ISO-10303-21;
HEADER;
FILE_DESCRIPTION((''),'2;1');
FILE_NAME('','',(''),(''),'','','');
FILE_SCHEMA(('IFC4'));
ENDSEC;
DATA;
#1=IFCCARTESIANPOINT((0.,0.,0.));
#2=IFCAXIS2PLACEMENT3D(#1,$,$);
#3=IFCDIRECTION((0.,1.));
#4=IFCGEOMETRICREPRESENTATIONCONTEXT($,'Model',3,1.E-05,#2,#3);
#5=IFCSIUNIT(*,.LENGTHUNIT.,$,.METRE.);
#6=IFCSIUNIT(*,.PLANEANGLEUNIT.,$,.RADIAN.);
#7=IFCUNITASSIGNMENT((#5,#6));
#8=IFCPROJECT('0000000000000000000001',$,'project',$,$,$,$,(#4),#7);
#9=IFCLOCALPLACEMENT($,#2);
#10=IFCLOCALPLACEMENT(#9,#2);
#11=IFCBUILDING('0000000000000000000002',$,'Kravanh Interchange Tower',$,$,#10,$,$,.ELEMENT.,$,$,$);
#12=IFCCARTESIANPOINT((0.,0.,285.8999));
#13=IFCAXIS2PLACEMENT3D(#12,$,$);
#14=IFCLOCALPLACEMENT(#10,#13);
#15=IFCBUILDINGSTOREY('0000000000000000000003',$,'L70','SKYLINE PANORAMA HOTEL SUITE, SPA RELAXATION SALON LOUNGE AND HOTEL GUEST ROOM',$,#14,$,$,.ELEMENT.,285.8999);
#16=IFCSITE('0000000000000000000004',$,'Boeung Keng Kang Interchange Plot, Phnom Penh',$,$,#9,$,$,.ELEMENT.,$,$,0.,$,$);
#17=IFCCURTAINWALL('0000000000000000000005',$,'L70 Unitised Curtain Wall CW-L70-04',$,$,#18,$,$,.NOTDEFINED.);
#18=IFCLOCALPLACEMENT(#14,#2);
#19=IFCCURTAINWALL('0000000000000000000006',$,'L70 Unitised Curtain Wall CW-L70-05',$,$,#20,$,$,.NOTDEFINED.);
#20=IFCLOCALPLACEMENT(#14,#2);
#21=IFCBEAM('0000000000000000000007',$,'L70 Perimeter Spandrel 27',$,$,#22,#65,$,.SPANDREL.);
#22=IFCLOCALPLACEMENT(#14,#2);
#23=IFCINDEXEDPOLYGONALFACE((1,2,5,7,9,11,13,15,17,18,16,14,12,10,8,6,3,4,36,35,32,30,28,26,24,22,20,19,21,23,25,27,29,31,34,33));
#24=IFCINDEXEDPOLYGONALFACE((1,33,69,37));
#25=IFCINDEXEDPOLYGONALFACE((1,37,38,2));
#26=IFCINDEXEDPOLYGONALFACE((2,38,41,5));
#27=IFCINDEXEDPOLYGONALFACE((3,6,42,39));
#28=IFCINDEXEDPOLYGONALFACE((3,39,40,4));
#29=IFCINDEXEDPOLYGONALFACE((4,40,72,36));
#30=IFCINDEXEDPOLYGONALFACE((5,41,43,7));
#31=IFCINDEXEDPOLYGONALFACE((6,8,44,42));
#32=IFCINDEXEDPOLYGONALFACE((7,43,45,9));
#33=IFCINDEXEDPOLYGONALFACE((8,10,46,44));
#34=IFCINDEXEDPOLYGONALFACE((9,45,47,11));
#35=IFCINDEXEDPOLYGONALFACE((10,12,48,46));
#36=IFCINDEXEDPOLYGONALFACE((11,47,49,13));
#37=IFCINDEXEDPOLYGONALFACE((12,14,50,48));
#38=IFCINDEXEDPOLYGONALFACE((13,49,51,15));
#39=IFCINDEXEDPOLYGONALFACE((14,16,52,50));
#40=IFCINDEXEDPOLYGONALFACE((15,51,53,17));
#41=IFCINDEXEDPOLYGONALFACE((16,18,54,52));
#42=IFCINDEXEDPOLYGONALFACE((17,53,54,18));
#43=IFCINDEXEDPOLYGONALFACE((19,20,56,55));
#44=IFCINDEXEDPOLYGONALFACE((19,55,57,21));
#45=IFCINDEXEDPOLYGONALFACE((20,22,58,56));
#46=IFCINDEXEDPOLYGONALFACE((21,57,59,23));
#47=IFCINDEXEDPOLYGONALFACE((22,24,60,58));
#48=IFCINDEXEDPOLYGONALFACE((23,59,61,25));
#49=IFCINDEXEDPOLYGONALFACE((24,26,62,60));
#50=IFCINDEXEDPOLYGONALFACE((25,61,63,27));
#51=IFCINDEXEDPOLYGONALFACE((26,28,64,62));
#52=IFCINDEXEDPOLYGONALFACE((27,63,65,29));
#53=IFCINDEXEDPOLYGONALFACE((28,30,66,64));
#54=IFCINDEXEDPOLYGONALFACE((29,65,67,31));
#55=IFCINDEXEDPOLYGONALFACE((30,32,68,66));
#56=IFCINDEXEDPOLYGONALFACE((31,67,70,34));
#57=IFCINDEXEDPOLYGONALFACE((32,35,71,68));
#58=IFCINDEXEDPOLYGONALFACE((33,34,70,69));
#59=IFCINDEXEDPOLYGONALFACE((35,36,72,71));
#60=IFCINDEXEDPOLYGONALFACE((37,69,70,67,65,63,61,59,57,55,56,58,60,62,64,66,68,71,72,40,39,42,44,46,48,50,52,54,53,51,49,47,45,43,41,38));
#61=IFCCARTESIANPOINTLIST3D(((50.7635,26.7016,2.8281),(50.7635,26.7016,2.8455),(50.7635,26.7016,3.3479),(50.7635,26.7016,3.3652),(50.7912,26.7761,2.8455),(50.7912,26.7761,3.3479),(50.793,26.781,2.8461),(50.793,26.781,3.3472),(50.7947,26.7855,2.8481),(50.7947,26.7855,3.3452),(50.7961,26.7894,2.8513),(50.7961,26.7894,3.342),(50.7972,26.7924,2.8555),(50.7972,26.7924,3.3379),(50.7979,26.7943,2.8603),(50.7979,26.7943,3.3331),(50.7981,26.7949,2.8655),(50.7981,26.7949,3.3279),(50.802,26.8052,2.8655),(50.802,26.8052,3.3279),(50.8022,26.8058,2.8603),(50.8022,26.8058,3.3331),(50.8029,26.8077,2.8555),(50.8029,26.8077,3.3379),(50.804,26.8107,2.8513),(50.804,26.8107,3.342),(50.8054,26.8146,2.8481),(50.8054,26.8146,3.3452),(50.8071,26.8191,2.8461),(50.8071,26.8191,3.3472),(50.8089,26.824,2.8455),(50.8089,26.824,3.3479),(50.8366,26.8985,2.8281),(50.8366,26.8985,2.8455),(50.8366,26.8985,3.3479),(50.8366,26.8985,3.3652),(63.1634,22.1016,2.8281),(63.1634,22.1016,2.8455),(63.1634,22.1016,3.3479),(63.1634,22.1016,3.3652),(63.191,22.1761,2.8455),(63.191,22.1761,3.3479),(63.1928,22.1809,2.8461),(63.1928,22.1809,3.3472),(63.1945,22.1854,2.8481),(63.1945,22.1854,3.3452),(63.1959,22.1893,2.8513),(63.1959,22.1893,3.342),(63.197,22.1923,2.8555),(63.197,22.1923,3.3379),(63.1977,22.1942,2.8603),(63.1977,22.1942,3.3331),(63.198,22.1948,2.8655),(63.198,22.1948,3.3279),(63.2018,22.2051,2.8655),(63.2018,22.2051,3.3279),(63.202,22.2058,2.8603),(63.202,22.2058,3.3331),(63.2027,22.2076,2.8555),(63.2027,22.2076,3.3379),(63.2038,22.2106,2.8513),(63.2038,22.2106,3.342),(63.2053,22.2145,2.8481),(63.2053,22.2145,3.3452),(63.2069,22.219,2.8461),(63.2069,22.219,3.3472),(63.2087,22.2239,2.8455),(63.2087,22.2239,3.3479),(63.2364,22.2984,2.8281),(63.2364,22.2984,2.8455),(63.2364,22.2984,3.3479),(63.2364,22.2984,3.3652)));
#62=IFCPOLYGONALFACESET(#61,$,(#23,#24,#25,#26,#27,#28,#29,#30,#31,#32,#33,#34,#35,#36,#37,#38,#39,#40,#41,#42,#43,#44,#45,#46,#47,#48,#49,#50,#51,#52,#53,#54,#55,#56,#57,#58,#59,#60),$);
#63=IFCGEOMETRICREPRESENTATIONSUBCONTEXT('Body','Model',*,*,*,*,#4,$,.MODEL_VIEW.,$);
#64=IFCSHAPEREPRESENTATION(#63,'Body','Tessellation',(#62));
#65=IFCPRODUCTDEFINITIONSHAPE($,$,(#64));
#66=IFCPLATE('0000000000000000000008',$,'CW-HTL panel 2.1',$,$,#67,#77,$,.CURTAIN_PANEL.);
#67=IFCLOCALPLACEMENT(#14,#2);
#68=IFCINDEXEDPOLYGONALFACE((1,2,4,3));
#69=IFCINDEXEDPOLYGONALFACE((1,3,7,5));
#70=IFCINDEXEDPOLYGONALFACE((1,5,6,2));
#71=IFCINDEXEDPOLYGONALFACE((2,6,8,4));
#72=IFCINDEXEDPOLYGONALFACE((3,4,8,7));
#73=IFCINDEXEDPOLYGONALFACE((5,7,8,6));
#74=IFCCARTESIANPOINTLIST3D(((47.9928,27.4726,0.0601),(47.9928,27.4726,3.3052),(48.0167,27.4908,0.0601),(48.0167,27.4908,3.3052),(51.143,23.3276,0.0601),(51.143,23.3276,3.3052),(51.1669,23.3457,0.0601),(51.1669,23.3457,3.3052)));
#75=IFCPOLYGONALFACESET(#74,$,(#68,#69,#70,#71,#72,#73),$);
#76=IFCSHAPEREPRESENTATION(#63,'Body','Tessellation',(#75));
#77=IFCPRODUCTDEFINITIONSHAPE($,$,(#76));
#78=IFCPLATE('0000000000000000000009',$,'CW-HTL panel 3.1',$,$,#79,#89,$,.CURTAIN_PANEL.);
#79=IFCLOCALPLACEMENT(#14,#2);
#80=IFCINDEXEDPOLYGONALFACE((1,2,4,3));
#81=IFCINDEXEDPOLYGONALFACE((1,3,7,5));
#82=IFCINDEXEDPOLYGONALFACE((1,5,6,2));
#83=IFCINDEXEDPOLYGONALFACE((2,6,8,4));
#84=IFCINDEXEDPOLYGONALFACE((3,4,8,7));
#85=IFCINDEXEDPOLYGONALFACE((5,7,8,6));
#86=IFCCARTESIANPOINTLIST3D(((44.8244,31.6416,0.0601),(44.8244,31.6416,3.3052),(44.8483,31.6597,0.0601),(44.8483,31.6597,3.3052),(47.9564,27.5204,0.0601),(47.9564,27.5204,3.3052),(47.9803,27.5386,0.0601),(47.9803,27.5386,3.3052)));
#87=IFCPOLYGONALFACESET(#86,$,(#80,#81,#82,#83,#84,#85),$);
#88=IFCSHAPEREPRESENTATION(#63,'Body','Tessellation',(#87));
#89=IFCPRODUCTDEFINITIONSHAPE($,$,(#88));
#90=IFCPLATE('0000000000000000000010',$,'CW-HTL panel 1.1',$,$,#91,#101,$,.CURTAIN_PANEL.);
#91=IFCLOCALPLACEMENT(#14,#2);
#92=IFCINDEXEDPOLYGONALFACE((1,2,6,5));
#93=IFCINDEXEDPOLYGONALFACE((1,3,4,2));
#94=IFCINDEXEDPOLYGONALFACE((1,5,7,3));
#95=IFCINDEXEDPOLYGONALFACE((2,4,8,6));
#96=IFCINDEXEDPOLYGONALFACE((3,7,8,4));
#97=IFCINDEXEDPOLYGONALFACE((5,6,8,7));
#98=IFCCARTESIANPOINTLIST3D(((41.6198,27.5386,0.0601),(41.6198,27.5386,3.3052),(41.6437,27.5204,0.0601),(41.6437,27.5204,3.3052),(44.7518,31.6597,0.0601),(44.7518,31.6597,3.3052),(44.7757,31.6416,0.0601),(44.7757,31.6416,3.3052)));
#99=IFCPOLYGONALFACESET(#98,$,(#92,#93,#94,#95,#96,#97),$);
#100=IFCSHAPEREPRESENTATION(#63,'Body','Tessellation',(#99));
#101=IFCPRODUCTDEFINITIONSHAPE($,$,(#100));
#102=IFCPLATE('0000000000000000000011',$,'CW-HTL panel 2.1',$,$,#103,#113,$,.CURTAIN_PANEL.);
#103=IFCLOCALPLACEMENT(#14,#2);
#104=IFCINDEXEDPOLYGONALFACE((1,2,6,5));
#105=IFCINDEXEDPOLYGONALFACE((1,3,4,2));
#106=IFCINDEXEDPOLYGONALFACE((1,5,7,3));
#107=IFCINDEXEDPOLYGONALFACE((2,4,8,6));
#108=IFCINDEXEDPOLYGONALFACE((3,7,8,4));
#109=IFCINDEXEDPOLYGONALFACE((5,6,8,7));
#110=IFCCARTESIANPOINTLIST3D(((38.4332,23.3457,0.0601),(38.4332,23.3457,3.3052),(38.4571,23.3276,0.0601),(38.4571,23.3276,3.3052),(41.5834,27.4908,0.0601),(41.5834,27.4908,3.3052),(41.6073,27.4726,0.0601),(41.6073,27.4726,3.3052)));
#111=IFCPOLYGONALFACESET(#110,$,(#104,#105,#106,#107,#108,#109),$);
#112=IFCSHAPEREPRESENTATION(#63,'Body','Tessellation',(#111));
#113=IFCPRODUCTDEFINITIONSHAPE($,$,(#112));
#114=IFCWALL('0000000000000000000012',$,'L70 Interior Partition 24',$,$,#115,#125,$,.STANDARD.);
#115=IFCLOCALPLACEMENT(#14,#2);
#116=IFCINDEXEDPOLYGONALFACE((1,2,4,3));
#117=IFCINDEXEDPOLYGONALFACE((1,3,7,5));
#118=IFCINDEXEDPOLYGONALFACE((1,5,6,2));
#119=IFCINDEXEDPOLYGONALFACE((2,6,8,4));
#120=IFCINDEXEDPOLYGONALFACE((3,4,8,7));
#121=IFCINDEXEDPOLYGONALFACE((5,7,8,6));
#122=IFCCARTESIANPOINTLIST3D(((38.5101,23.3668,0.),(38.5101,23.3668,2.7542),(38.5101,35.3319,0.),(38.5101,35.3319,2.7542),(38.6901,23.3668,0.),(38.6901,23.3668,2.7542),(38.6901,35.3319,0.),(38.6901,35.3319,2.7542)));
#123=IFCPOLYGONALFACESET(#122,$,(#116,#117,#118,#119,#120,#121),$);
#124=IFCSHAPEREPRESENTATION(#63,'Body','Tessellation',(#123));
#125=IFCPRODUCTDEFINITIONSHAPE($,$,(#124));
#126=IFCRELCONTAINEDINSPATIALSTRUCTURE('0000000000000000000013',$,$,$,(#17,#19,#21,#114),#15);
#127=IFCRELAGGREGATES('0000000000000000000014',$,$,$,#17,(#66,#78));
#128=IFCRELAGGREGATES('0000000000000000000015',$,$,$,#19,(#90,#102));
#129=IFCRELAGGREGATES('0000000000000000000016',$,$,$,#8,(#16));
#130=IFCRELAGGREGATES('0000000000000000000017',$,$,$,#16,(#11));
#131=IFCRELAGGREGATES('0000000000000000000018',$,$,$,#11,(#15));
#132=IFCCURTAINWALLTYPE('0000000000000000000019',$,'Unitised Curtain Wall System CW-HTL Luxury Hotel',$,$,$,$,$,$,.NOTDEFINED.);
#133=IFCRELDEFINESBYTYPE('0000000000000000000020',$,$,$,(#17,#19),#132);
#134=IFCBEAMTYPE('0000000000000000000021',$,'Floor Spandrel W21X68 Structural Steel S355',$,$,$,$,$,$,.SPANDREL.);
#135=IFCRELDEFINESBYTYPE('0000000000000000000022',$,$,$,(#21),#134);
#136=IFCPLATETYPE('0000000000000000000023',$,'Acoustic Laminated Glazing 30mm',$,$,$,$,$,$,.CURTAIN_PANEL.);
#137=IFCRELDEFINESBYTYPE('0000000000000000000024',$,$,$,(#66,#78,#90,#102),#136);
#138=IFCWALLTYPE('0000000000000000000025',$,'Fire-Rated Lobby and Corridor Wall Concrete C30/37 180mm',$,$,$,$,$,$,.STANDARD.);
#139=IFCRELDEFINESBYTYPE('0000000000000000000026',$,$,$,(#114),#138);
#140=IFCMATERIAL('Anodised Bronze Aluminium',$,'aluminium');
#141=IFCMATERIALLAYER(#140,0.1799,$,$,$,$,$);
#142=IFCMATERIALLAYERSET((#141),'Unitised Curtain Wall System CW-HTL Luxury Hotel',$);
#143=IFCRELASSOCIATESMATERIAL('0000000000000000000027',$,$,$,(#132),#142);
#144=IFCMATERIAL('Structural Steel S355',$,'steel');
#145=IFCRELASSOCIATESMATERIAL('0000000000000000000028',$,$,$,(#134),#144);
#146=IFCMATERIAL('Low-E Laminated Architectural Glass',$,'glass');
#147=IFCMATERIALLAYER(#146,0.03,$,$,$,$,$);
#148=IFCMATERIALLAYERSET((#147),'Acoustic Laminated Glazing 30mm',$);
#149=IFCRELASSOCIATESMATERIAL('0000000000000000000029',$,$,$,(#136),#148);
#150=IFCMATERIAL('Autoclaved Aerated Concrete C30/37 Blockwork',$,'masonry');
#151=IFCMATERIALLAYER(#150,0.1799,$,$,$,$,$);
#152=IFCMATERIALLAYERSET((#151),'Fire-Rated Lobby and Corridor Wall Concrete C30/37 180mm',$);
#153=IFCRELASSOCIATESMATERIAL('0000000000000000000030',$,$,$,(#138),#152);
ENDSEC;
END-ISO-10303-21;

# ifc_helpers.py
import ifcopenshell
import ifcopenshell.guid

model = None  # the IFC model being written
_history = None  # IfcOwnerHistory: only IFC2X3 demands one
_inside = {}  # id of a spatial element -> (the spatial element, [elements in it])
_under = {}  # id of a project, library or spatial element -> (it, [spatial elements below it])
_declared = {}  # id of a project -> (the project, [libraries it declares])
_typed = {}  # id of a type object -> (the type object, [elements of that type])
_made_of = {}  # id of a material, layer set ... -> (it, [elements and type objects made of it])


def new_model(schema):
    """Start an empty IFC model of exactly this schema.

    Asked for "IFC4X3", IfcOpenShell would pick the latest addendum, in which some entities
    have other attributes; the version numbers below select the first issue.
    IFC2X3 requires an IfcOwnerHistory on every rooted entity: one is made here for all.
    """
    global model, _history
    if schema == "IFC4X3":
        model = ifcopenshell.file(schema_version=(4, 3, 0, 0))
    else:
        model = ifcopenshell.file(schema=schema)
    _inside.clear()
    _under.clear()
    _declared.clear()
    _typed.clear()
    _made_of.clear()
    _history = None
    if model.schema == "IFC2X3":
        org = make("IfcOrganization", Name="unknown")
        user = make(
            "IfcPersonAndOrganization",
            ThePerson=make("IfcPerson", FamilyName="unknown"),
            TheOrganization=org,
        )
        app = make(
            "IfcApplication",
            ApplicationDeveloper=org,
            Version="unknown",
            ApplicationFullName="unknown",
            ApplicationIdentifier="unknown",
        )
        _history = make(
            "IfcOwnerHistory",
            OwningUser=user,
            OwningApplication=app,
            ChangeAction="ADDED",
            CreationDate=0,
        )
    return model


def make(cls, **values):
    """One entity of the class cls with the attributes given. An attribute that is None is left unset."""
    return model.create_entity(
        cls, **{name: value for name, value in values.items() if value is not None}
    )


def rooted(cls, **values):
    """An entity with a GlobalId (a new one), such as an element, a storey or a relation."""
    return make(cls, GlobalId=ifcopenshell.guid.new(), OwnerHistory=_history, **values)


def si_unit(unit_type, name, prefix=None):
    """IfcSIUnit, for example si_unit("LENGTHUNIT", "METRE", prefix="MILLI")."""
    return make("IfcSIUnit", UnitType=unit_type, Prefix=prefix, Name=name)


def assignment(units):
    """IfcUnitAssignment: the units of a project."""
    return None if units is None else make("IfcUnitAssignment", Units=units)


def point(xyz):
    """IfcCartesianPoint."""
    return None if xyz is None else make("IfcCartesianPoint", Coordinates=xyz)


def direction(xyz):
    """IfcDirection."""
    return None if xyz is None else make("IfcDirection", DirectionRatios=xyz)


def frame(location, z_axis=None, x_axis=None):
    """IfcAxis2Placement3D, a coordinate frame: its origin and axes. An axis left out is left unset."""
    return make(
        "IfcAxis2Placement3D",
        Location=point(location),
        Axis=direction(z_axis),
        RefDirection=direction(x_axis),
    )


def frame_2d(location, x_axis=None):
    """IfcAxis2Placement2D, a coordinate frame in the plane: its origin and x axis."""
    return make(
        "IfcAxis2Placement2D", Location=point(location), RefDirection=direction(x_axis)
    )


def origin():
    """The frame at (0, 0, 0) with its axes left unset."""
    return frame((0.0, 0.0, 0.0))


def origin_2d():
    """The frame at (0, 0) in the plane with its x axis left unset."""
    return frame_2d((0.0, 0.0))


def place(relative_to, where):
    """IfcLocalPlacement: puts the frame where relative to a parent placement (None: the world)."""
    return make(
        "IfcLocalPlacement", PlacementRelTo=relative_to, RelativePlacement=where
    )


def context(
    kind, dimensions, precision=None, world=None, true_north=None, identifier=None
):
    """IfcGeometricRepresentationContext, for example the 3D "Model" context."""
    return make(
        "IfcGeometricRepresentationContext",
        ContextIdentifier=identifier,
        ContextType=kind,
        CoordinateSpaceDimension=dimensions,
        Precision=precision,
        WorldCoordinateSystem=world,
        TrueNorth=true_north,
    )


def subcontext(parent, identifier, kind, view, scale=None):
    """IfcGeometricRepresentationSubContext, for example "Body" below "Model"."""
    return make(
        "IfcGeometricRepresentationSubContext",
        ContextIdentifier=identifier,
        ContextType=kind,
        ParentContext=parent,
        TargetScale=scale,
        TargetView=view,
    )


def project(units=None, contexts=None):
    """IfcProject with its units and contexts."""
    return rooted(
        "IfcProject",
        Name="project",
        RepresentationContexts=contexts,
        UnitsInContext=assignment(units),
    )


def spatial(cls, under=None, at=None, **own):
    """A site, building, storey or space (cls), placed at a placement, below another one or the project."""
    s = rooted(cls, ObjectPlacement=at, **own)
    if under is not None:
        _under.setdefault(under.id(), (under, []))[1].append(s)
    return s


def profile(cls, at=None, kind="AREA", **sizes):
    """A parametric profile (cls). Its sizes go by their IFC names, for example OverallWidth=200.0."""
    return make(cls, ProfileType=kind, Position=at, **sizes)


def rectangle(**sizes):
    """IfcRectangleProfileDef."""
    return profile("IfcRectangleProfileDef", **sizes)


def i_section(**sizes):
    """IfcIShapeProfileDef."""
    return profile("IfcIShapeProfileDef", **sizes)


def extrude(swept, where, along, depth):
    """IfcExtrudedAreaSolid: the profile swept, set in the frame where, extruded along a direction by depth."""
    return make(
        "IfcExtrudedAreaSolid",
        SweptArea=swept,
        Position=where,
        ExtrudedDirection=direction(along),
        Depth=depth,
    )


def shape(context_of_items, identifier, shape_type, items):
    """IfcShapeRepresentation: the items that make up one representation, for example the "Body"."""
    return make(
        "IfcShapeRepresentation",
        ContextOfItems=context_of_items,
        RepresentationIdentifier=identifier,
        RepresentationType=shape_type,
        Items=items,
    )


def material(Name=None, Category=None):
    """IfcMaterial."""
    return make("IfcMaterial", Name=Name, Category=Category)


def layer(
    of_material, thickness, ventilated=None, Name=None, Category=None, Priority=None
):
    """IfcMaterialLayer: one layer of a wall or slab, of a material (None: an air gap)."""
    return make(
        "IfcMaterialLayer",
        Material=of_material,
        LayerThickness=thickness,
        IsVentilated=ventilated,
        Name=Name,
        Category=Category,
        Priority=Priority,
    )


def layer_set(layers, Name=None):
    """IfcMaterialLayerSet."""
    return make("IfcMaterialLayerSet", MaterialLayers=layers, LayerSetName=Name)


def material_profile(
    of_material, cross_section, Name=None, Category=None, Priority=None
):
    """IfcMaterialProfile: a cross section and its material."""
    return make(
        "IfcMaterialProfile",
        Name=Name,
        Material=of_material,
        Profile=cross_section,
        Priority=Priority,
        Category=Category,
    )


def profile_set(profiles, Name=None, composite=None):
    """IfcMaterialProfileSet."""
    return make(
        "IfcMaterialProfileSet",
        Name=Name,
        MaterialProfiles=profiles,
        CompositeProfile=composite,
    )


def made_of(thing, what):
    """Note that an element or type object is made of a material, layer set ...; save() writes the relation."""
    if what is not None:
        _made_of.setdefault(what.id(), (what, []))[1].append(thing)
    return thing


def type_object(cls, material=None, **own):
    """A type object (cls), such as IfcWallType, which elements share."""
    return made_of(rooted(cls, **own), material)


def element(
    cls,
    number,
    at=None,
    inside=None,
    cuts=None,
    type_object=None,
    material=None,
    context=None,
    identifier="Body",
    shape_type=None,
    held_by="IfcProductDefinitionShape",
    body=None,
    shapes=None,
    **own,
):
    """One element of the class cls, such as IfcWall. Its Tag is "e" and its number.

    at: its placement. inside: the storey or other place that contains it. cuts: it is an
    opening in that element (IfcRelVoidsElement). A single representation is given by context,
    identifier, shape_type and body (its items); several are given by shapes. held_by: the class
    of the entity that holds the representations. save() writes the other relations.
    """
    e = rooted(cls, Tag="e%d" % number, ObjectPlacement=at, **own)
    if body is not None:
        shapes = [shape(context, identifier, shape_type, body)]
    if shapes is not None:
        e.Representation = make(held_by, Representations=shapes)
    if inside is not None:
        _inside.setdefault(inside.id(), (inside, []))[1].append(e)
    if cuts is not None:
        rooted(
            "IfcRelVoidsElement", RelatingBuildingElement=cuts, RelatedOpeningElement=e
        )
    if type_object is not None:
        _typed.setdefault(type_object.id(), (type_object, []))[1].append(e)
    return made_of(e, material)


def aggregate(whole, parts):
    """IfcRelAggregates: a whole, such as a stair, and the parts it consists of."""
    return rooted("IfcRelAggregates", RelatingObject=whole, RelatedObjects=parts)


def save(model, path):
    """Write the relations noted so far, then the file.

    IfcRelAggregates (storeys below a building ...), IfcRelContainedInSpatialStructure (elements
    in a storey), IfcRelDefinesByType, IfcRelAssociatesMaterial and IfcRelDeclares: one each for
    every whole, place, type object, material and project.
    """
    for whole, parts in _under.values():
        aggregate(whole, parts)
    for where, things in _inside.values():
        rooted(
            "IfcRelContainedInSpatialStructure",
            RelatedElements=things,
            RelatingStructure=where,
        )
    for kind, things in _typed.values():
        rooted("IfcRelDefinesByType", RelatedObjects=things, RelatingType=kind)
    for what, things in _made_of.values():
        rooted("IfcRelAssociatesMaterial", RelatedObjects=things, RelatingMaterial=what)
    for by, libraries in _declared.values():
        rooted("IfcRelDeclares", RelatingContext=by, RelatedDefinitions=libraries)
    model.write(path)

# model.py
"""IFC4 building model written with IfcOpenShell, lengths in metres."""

from ifc_helpers import new_model, si_unit, direction, frame, frame_2d, origin, origin_2d, place, context, subcontext, project, spatial, rectangle, i_section, extrude, material, layer, layer_set, material_profile, profile_set, type_object, element, aggregate, save


model = new_model("IFC4")

# Units and contexts
model_context = context("Model", 3, precision=1e-05, world=origin(), true_north=direction((0.0, 1.0)))
body_context = subcontext(model_context, "Body", "Model", "MODEL_VIEW")
ifc_project = project(units=[si_unit("LENGTHUNIT", "METRE"), si_unit("PLANEANGLEUNIT", "RADIAN")], contexts=[model_context])

# Site, building, storey
site_placement = place(None, origin())
site = spatial("IfcSite", under=ifc_project, at=site_placement, Name="Boeung Keng Kang Interchange Plot, Phnom Penh", CompositionType="ELEMENT", RefElevation=0.0)
building_placement = place(site_placement, origin())
building = spatial("IfcBuilding", under=site, at=building_placement, Name="Kravanh Interchange Tower", CompositionType="ELEMENT")
storey_placement = place(building_placement, frame((0.0, 0.0, 285.8999)))
storey = spatial("IfcBuildingStorey", under=building, at=storey_placement, Name="L70", Description="SKYLINE PANORAMA HOTEL SUITE, SPA RELAXATION SALON LOUNGE AND HOTEL GUEST ROOM", CompositionType="ELEMENT", Elevation=285.8999)

# Curtain walls
ifc_material_1 = material(Name="Anodised Bronze Aluminium", Category="aluminium")
ifc_layer_1 = layer(ifc_material_1, 0.1799)
ifc_layer_set_1 = layer_set([ifc_layer_1], Name="Unitised Curtain Wall System CW-HTL Luxury Hotel")
curtain_wall_type = type_object("IfcCurtainWallType", Name="Unitised Curtain Wall System CW-HTL Luxury Hotel", PredefinedType="NOTDEFINED", material=ifc_layer_set_1)
curtain_wall_1_placement = place(storey_placement, origin())
curtain_wall_1 = element("IfcCurtainWall", 1, at=curtain_wall_1_placement, inside=storey, type_object=curtain_wall_type, Name="L70 Unitised Curtain Wall CW-L70-04", PredefinedType="NOTDEFINED")
curtain_wall_2_placement = place(storey_placement, origin())
curtain_wall_2 = element("IfcCurtainWall", 2, at=curtain_wall_2_placement, inside=storey, type_object=curtain_wall_type, Name="L70 Unitised Curtain Wall CW-L70-05", PredefinedType="NOTDEFINED")

# Beam
ifc_material_2 = material(Name="Structural Steel S355", Category="steel")
ifc_material_profile_1 = material_profile(ifc_material_2, i_section(OverallWidth=0.21, OverallDepth=0.5371, WebThickness=0.011, FlangeThickness=0.0173, FilletRadius=0.02, at=origin_2d()), Name="W21X68")
ifc_profile_set_1 = profile_set([ifc_material_profile_1], Name="Structural Steel S355")
beam_type_1 = type_object("IfcBeamType", Name="Floor Spandrel W21X68 Structural Steel S355", PredefinedType="SPANDREL", material=ifc_profile_set_1)
beam_1_placement = place(storey_placement, frame((50.8, 26.8, 3.0967), z_axis=(0.937563, -0.347816, 0.0), x_axis=(0.347816, 0.937563, 0.0)))
element("IfcBeam", 3, at=beam_1_placement, inside=storey, type_object=beam_type_1, Name="L70 Perimeter Spandrel 27", PredefinedType="SPANDREL", context=body_context, shape_type="SweptSolid", body=[
    extrude(i_section(OverallWidth=0.21, OverallDepth=0.5371, WebThickness=0.011, FlangeThickness=0.0173, FilletRadius=0.02, at=origin_2d()), origin(), (0.0, 0.0, 1.0), 13.2256),
])

# Plates
ifc_material_3 = material(Name="Low-E Laminated Architectural Glass", Category="glass")
ifc_layer_2 = layer(ifc_material_3, 0.03)
ifc_layer_set_2 = layer_set([ifc_layer_2], Name="Acoustic Laminated Glazing 30mm")
plate_type = type_object("IfcPlateType", Name="Acoustic Laminated Glazing 30mm", PredefinedType="CURTAIN_PANEL", material=ifc_layer_set_2)
plate_1_placement = place(storey_placement, frame((49.5798, 25.4092, 0.0601), z_axis=(0.0, 0.0, 1.0), x_axis=(-0.605083, 0.796162, 0.0)))
plate_1 = element("IfcPlate", 4, at=plate_1_placement, type_object=plate_type, Name="CW-HTL panel 2.1", PredefinedType="CURTAIN_PANEL", context=body_context, shape_type="SweptSolid", body=[
    extrude(rectangle(XDim=5.2063, YDim=0.03, at=origin_2d()), origin(), (0.0, 0.0, 1.0), 3.2451),
])
plate_2_placement = place(storey_placement, frame((46.4023, 29.5901, 0.0601), z_axis=(0.0, 0.0, 1.0), x_axis=(-0.605083, 0.796162, 0.0)))
plate_2 = element("IfcPlate", 5, at=plate_2_placement, type_object=plate_type, Name="CW-HTL panel 3.1", PredefinedType="CURTAIN_PANEL", context=body_context, shape_type="SweptSolid", body=[
    extrude(rectangle(XDim=5.1763, YDim=0.03, at=origin_2d()), origin(), (0.0, 0.0, 1.0), 3.2451),
])
aggregate(curtain_wall_1, [plate_1, plate_2])
plate_3_placement = place(storey_placement, frame((43.1978, 29.5901, 0.0601), z_axis=(0.0, 0.0, 1.0), x_axis=(-0.605083, -0.796162, 0.0)))
plate_3 = element("IfcPlate", 6, at=plate_3_placement, type_object=plate_type, Name="CW-HTL panel 1.1", PredefinedType="CURTAIN_PANEL", context=body_context, shape_type="SweptSolid", body=[
    extrude(rectangle(XDim=5.1763, YDim=0.03, at=origin_2d()), origin(), (0.0, 0.0, 1.0), 3.2451),
])
plate_4_placement = place(storey_placement, frame((40.0203, 25.4092, 0.0601), z_axis=(0.0, 0.0, 1.0), x_axis=(-0.605083, -0.796162, 0.0)))
plate_4 = element("IfcPlate", 7, at=plate_4_placement, type_object=plate_type, Name="CW-HTL panel 2.1", PredefinedType="CURTAIN_PANEL", context=body_context, shape_type="SweptSolid", body=[
    extrude(rectangle(XDim=5.2063, YDim=0.03, at=origin_2d()), origin(), (0.0, 0.0, 1.0), 3.2451),
])
aggregate(curtain_wall_2, [plate_3, plate_4])

# Wall
ifc_material_4 = material(Name="Autoclaved Aerated Concrete C30/37 Blockwork", Category="masonry")
ifc_layer_3 = layer(ifc_material_4, 0.1799)
ifc_layer_set_3 = layer_set([ifc_layer_3], Name="Fire-Rated Lobby and Corridor Wall Concrete C30/37 180mm")
wall_type = type_object("IfcWallType", Name="Fire-Rated Lobby and Corridor Wall Concrete C30/37 180mm", PredefinedType="STANDARD", material=ifc_layer_set_3)
wall_placement = place(storey_placement, frame((38.6001, 23.3669, 0.0), z_axis=(0.0, 0.0, 1.0), x_axis=(0.0, 1.0, 0.0)))
element("IfcWall", 8, at=wall_placement, inside=storey, type_object=wall_type, Name="L70 Interior Partition 24", PredefinedType="STANDARD", context=body_context, shape_type="SweptSolid", body=[
    extrude(rectangle(XDim=11.9651, YDim=0.1799, at=frame_2d((5.9824, 0.0))), origin(), (0.0, 0.0, 1.0), 2.7542),
])

save(model, "model.ifc")
